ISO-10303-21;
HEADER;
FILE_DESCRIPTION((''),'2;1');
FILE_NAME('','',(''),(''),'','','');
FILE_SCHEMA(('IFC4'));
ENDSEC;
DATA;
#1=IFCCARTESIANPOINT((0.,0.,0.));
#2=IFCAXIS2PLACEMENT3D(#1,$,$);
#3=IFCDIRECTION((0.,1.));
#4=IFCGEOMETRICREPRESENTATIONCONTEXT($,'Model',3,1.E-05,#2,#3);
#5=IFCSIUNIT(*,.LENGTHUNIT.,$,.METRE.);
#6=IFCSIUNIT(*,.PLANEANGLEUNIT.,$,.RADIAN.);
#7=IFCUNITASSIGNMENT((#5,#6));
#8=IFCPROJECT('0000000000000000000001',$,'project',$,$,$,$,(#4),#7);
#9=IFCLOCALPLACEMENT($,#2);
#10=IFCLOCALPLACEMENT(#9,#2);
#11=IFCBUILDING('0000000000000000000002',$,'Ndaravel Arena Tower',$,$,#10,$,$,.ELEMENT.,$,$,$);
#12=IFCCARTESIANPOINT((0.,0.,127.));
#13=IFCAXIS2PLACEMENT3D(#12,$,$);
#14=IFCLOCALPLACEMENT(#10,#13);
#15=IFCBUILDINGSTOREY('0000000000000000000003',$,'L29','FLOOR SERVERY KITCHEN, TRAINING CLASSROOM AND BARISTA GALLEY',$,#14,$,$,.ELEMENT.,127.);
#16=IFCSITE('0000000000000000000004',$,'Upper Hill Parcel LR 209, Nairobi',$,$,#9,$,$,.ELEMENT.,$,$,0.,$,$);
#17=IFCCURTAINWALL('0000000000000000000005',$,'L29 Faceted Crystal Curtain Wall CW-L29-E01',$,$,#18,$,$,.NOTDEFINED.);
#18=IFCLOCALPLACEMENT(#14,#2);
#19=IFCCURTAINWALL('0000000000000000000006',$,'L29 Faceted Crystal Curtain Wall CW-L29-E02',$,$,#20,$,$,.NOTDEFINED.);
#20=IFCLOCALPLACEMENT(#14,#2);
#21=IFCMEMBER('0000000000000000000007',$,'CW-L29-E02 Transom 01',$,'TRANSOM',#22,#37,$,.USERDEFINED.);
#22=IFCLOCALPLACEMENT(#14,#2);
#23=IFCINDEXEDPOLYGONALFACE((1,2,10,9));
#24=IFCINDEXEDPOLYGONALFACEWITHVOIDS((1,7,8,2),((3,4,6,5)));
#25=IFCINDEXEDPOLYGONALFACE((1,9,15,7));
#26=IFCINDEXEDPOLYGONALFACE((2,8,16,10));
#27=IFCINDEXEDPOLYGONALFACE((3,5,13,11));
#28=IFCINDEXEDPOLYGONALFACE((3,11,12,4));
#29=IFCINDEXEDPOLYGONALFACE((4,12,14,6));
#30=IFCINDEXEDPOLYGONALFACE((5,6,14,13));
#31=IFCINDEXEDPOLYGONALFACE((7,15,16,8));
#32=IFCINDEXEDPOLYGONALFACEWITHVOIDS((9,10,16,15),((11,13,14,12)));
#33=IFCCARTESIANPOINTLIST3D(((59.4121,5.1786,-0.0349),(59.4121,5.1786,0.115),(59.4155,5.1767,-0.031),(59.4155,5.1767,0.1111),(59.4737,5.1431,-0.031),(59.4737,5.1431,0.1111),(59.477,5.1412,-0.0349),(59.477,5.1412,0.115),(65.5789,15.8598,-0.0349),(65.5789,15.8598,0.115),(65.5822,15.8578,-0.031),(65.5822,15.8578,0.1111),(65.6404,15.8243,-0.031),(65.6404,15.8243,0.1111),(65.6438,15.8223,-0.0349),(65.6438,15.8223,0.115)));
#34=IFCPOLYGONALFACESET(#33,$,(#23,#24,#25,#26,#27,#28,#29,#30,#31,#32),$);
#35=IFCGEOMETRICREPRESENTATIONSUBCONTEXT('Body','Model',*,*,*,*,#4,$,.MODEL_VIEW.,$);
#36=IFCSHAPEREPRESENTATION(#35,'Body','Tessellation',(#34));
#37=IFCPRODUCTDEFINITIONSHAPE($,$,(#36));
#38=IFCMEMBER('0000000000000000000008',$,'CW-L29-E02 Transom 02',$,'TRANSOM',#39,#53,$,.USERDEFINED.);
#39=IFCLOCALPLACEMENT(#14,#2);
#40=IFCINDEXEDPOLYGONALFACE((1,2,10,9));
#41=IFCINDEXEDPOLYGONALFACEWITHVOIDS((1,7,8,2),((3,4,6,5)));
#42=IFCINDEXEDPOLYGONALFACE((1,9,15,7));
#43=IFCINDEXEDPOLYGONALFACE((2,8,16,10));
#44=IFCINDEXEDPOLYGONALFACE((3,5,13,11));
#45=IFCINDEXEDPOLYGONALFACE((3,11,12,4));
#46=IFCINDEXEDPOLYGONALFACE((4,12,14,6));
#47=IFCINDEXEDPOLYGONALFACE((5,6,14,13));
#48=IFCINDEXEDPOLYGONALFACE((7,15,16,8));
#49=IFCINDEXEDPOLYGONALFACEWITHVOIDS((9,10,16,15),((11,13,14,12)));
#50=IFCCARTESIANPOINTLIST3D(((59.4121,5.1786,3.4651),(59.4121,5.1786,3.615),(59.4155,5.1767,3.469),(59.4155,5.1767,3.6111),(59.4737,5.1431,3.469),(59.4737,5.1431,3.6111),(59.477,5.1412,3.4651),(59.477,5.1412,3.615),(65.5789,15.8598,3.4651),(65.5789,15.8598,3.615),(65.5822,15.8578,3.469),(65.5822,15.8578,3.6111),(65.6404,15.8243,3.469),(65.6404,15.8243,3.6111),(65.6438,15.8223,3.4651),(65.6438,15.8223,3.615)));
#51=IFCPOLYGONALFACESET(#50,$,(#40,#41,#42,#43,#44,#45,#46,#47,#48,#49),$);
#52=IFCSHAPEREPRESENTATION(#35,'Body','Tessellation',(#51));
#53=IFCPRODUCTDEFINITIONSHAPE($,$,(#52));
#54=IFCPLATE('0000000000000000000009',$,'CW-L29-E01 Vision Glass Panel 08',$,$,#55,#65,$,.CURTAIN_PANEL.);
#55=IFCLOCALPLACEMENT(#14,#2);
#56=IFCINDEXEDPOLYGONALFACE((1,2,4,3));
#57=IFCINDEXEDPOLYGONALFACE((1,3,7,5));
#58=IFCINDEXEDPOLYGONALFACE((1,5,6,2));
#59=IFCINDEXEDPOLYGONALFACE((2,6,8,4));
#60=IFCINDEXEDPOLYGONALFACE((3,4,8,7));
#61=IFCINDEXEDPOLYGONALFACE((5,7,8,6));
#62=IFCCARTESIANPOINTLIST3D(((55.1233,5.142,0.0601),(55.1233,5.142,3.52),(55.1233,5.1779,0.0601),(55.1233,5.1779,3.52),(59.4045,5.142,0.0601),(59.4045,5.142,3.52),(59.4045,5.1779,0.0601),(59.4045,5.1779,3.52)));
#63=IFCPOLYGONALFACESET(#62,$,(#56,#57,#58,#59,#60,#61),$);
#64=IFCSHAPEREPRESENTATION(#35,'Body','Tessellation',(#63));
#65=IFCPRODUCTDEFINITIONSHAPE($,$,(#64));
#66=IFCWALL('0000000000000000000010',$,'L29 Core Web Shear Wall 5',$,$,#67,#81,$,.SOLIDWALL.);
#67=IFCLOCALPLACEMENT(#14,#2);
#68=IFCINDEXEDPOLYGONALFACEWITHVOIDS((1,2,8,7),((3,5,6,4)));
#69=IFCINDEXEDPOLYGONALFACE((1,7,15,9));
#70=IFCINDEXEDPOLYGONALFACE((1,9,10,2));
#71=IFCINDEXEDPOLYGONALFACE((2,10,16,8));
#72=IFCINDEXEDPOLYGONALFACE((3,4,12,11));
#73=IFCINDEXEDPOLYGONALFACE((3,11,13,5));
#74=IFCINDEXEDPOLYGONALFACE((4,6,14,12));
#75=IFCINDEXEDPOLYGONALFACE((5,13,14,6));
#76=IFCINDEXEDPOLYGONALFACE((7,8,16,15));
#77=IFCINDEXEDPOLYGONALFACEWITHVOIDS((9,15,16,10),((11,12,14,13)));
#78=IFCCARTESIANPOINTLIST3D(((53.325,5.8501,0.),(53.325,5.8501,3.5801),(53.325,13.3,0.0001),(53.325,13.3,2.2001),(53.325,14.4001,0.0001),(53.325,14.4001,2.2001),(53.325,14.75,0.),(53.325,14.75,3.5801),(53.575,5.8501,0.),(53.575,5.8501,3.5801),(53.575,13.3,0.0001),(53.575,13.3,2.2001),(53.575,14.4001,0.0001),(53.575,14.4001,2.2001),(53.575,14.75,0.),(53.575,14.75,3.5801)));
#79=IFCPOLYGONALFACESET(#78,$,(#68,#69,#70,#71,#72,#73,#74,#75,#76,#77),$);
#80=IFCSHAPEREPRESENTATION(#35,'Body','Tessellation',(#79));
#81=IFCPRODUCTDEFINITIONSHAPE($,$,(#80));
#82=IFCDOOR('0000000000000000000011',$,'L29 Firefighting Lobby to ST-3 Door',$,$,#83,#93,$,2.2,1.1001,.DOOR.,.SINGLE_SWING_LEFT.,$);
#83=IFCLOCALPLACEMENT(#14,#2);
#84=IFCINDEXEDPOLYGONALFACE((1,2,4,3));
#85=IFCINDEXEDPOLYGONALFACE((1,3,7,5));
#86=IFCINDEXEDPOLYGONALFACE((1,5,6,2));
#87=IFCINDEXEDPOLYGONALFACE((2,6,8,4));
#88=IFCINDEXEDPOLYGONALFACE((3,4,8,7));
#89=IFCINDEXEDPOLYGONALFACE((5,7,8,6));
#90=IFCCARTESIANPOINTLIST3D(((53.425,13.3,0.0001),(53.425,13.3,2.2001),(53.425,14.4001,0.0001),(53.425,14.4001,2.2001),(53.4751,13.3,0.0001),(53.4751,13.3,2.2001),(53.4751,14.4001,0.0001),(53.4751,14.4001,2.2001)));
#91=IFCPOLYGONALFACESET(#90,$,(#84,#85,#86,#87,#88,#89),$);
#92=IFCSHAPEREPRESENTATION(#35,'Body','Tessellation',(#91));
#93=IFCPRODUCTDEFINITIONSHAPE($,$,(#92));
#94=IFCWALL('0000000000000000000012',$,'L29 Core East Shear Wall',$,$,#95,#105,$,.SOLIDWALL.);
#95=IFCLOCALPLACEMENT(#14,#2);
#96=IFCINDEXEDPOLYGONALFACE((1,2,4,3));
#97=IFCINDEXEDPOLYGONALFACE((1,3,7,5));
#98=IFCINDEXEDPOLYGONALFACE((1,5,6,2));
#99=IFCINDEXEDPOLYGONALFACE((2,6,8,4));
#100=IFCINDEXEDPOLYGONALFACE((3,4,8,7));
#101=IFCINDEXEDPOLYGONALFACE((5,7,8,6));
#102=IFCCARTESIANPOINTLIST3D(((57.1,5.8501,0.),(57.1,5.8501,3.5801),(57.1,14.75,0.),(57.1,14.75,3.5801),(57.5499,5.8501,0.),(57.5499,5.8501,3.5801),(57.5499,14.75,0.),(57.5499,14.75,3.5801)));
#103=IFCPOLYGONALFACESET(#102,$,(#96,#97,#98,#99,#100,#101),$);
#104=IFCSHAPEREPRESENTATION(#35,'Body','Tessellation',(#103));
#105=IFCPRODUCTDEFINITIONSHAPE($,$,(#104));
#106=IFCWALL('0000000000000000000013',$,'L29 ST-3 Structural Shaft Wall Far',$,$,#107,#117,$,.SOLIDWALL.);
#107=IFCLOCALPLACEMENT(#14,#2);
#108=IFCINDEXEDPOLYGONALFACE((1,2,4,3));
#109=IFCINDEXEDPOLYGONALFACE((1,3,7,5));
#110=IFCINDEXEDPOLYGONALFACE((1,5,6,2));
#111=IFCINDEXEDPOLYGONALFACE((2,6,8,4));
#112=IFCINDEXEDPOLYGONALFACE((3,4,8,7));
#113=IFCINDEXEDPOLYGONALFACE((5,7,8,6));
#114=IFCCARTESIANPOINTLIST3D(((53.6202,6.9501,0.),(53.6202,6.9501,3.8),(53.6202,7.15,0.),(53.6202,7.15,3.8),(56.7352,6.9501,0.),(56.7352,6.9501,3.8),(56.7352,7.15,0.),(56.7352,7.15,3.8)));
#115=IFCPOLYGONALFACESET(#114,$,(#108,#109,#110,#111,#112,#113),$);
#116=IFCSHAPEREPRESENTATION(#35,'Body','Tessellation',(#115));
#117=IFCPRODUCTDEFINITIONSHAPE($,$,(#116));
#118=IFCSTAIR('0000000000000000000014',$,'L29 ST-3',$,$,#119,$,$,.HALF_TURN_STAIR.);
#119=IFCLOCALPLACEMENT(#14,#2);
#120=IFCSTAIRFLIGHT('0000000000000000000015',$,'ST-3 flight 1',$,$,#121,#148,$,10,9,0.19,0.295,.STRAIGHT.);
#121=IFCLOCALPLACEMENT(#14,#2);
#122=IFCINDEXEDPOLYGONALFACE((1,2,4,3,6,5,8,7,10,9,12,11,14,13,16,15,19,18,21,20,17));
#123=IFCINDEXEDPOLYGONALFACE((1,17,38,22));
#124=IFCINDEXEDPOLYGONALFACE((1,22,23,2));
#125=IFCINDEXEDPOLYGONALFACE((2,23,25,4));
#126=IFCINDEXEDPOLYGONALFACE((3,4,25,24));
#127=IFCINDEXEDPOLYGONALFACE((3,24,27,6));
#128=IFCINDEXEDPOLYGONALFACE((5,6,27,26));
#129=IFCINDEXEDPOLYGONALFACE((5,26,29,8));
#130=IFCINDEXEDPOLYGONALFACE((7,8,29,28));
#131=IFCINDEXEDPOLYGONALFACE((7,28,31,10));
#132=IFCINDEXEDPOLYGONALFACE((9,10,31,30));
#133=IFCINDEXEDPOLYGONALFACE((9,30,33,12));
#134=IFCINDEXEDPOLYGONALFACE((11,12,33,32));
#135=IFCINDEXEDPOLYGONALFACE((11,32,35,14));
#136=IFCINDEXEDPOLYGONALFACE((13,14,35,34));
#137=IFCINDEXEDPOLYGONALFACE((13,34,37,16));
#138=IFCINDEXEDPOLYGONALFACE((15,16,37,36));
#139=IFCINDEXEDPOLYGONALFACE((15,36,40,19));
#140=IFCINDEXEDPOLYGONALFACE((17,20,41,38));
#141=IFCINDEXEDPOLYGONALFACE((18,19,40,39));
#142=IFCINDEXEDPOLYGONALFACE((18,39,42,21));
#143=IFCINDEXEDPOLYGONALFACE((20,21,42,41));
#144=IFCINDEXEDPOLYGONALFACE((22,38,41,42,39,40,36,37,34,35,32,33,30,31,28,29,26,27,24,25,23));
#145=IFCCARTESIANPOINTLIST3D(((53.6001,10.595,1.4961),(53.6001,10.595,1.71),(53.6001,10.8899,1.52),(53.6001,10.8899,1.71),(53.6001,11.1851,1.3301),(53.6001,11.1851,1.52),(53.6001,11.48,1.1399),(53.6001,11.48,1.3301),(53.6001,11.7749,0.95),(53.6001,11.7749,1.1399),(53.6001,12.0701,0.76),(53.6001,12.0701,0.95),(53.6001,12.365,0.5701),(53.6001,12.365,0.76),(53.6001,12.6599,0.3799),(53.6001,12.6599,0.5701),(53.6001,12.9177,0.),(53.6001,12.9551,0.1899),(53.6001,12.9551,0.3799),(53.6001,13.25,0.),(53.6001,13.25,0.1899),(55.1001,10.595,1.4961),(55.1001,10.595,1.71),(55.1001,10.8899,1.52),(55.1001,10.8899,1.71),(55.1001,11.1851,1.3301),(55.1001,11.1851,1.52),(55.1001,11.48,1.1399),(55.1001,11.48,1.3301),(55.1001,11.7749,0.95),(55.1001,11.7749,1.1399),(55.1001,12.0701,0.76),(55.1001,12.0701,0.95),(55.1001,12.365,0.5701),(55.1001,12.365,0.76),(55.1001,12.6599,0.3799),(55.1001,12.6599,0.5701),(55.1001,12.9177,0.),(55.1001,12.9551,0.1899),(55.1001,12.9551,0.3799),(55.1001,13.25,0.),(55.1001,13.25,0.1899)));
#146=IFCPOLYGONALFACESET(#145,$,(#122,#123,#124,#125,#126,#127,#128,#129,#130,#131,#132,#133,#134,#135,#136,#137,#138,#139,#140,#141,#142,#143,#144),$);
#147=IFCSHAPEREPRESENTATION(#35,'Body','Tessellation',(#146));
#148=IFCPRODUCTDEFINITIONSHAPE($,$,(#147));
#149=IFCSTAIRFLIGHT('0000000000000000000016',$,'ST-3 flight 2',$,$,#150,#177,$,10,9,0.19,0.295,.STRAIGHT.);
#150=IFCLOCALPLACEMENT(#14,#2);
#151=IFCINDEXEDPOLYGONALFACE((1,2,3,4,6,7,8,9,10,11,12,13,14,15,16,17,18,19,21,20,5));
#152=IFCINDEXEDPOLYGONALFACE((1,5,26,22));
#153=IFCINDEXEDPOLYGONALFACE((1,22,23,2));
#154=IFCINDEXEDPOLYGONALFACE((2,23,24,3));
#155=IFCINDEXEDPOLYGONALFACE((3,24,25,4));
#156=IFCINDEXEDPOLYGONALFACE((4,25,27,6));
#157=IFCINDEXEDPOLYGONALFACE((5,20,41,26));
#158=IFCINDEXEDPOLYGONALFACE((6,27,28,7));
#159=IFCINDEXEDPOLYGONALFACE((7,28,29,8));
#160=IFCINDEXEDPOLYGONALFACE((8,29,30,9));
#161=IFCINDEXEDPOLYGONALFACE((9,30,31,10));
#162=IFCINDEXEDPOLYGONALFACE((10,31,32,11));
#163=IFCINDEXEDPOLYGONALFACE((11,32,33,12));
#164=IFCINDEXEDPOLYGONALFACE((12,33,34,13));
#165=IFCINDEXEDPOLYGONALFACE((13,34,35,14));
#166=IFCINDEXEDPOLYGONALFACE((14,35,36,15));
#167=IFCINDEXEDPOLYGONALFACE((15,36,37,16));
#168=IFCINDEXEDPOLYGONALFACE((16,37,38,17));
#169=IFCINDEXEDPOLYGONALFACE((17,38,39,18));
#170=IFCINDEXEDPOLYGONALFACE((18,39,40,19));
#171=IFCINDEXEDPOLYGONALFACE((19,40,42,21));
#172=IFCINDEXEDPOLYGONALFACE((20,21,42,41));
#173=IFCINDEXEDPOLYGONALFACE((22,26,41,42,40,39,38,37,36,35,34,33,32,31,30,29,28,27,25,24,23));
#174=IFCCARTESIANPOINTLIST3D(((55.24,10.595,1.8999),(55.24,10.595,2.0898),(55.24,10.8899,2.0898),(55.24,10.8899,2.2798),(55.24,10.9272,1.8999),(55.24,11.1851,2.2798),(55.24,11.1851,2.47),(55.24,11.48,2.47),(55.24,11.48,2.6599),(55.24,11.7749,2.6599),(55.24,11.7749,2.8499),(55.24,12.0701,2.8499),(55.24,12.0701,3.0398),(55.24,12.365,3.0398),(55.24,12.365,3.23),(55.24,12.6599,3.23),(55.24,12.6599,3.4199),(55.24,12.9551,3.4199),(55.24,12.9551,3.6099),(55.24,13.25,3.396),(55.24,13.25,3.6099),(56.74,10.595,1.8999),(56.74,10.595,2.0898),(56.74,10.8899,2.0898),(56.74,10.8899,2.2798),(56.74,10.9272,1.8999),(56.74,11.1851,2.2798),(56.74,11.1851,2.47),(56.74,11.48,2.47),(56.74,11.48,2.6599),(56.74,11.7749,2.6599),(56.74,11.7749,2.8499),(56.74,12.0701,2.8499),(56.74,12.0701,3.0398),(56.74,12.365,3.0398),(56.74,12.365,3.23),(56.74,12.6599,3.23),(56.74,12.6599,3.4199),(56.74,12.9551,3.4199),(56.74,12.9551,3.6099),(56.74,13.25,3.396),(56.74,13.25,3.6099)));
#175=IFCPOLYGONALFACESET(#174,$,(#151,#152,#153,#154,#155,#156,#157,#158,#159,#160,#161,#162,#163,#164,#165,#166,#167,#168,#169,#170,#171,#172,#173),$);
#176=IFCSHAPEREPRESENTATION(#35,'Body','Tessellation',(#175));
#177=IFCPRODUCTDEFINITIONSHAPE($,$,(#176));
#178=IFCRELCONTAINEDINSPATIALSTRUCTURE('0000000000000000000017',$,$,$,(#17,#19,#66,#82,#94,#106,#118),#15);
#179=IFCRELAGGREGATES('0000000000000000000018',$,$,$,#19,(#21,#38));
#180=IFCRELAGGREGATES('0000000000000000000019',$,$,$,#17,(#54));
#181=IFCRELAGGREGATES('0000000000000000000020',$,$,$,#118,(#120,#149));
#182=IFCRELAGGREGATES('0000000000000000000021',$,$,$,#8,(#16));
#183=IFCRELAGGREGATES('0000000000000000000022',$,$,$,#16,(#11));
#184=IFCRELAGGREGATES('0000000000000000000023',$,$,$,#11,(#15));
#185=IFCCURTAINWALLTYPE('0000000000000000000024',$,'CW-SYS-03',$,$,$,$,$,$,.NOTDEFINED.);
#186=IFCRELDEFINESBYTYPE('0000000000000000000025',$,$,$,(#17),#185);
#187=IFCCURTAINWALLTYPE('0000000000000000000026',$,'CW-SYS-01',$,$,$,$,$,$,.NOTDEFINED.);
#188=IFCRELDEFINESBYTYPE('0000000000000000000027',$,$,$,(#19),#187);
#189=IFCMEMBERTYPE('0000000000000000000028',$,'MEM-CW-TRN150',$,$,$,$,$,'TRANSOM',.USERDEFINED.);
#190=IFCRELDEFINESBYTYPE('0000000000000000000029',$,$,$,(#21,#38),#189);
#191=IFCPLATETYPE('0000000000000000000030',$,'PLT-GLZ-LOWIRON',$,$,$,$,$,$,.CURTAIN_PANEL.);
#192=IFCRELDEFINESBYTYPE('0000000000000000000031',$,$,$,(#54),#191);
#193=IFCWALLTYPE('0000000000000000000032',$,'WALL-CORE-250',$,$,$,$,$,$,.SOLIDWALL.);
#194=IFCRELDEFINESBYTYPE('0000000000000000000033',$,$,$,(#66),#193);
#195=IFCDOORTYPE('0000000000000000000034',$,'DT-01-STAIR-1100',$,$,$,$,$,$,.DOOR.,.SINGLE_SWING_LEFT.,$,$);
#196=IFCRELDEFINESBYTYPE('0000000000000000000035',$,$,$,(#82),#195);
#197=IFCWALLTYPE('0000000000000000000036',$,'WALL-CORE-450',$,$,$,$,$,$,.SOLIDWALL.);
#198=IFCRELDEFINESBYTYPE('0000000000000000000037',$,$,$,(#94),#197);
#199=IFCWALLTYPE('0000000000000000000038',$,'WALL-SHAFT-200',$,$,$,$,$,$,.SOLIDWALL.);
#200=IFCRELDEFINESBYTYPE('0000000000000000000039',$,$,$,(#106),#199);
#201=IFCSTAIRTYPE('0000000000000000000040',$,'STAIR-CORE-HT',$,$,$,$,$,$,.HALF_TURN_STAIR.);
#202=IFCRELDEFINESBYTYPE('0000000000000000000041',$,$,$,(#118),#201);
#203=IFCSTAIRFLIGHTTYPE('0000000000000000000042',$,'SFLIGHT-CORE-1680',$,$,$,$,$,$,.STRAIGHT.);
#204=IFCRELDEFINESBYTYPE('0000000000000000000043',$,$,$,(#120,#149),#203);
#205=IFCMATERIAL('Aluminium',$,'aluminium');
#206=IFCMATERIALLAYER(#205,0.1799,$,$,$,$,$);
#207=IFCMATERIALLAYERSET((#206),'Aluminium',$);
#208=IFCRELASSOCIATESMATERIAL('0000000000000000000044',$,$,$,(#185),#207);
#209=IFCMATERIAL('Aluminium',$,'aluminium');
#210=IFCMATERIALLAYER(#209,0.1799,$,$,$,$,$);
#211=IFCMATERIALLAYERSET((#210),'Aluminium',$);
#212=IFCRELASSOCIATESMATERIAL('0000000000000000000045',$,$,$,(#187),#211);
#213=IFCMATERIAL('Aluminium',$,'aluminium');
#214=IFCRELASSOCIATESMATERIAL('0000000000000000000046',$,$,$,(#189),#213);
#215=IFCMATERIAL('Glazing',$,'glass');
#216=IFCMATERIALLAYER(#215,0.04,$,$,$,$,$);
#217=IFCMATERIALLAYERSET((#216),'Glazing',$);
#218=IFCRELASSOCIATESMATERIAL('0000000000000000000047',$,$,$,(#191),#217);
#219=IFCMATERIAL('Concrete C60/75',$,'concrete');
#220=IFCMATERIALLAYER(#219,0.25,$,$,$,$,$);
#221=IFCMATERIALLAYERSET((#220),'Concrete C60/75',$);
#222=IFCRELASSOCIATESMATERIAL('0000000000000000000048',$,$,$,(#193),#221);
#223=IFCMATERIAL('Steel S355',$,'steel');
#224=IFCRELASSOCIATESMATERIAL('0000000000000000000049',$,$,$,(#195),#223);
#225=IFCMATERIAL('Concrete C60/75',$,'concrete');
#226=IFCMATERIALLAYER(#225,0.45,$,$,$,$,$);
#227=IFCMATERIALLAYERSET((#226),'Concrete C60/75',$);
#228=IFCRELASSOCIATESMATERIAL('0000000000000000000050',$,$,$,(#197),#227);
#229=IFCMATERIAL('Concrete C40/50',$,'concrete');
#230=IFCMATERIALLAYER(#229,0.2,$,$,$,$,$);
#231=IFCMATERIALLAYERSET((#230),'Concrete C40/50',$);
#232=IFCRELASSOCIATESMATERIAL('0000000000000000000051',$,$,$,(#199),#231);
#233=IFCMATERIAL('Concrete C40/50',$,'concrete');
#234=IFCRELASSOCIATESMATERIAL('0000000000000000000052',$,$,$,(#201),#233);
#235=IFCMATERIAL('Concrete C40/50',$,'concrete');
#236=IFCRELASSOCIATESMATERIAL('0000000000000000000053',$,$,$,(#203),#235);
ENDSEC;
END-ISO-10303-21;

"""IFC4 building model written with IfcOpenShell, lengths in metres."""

from ifc_helpers import new_model, si_unit, direction, frame, frame_2d, origin, origin_2d, place, context, subcontext, project, spatial, polyline, rectangle, hollow_rectangle, outline, extrude, material, layer, layer_set, material_profile, profile_set, type_object, element, fill, aggregate, save


model = new_model("IFC4")

# Units and contexts
model_context = context("Model", 3, precision=1e-05, world=origin(), true_north=direction((0.0, 1.0)))
body_context = subcontext(model_context, "Body", "Model", "MODEL_VIEW")
ifc_project = project(units=[si_unit("LENGTHUNIT", "METRE"), si_unit("PLANEANGLEUNIT", "RADIAN")], contexts=[model_context])

# Site, building, storey
site_placement = place(None, origin())
site = spatial("IfcSite", under=ifc_project, at=site_placement, Name="Upper Hill Parcel LR 209, Nairobi", CompositionType="ELEMENT", RefElevation=0.0)
building_placement = place(site_placement, origin())
building = spatial("IfcBuilding", under=site, at=building_placement, Name="Ndaravel Arena Tower", CompositionType="ELEMENT")
storey_placement = place(building_placement, frame((0.0, 0.0, 127.0)))
storey = spatial("IfcBuildingStorey", under=building, at=storey_placement, Name="L29", Description="FLOOR SERVERY KITCHEN, TRAINING CLASSROOM AND BARISTA GALLEY", CompositionType="ELEMENT", Elevation=127.0)

# Curtain wall
ifc_material_1 = material(Name="Aluminium", Category="aluminium")
ifc_layer_1 = layer(ifc_material_1, 0.1799)
ifc_layer_set_1 = layer_set([ifc_layer_1], Name="Aluminium")
curtain_wall_type_1 = type_object("IfcCurtainWallType", Name="CW-SYS-03", PredefinedType="NOTDEFINED", material=ifc_layer_set_1)
curtain_wall_1_placement = place(storey_placement, origin())
curtain_wall_1 = element("IfcCurtainWall", 1, at=curtain_wall_1_placement, inside=storey, type_object=curtain_wall_type_1, Name="L29 Faceted Crystal Curtain Wall CW-L29-E01", PredefinedType="NOTDEFINED")

# Curtain wall, members
ifc_material_2 = material(Name="Aluminium", Category="aluminium")
ifc_layer_2 = layer(ifc_material_2, 0.1799)
ifc_layer_set_2 = layer_set([ifc_layer_2], Name="Aluminium")
curtain_wall_type_2 = type_object("IfcCurtainWallType", Name="CW-SYS-01", PredefinedType="NOTDEFINED", material=ifc_layer_set_2)
curtain_wall_2_placement = place(storey_placement, origin())
curtain_wall_2 = element("IfcCurtainWall", 2, at=curtain_wall_2_placement, inside=storey, type_object=curtain_wall_type_2, Name="L29 Faceted Crystal Curtain Wall CW-L29-E02", PredefinedType="NOTDEFINED")
ifc_material_3 = material(Name="Aluminium", Category="aluminium")
ifc_material_profile_1 = material_profile(ifc_material_3, hollow_rectangle(XDim=0.075, YDim=0.1499, WallThickness=0.0039, at=origin_2d()), Name="CW TRANSOM 75x150x4")
ifc_profile_set_1 = profile_set([ifc_material_profile_1], Name="Aluminium")
member_type_1 = type_object("IfcMemberType", Name="MEM-CW-TRN150", ElementType="TRANSOM", PredefinedType="USERDEFINED", material=ifc_profile_set_1)
member_1_placement = place(storey_placement, frame((59.4446, 5.1599, 0.04), z_axis=(0.499999, 0.866026, 0.0), x_axis=(-0.866026, 0.499999, 0.0)))
member_1 = element("IfcMember", 3, at=member_1_placement, type_object=member_type_1, Name="CW-L29-E02 Transom 01", ObjectType="TRANSOM", PredefinedType="USERDEFINED", context=body_context, shape_type="SweptSolid", body=[
    extrude(hollow_rectangle(XDim=0.075, YDim=0.1499, WallThickness=0.0039, at=origin_2d()), origin(), (0.0, 0.0, 1.0), 12.3335),
])
member_2_placement = place(storey_placement, frame((59.4446, 5.1599, 3.54), z_axis=(0.499999, 0.866026, 0.0), x_axis=(-0.866026, 0.499999, 0.0)))
member_2 = element("IfcMember", 4, at=member_2_placement, type_object=member_type_1, Name="CW-L29-E02 Transom 02", ObjectType="TRANSOM", PredefinedType="USERDEFINED", context=body_context, shape_type="SweptSolid", body=[
    extrude(hollow_rectangle(XDim=0.075, YDim=0.1499, WallThickness=0.0039, at=origin_2d()), origin(), (0.0, 0.0, 1.0), 12.3335),
])
aggregate(curtain_wall_2, [member_1, member_2])

# Plate
ifc_material_4 = material(Name="Glazing", Category="glass")
ifc_layer_3 = layer(ifc_material_4, 0.04)
ifc_layer_set_3 = layer_set([ifc_layer_3], Name="Glazing")
plate_type = type_object("IfcPlateType", Name="PLT-GLZ-LOWIRON", PredefinedType="CURTAIN_PANEL", material=ifc_layer_set_3)
plate_placement = place(storey_placement, frame((57.2639, 5.1599, 0.0601), z_axis=(0.0, 0.0, 1.0), x_axis=(1.0, 0.0, 0.0)))
plate = element("IfcPlate", 5, at=plate_placement, type_object=plate_type, Name="CW-L29-E01 Vision Glass Panel 08", PredefinedType="CURTAIN_PANEL", context=body_context, shape_type="SweptSolid", body=[
    extrude(rectangle(XDim=4.2812, YDim=0.0359, at=origin_2d()), origin(), (0.0, 0.0, 1.0), 3.46),
])
aggregate(curtain_wall_1, [plate])

# Wall, opening, door
ifc_material_5 = material(Name="Concrete C60/75", Category="concrete")
ifc_layer_4 = layer(ifc_material_5, 0.25)
ifc_layer_set_4 = layer_set([ifc_layer_4], Name="Concrete C60/75")
wall_type_1 = type_object("IfcWallType", Name="WALL-CORE-250", PredefinedType="SOLIDWALL", material=ifc_layer_set_4)
wall_1_placement = place(storey_placement, frame((53.45, 5.8501, 0.0), z_axis=(0.0, 0.0, 1.0), x_axis=(0.0, 1.0, 0.0)))
wall_1 = element("IfcWall", 6, at=wall_1_placement, inside=storey, type_object=wall_type_1, Name="L29 Core Web Shear Wall 5", PredefinedType="SOLIDWALL", context=body_context, shape_type="SweptSolid", body=[
    extrude(rectangle(XDim=8.8999, YDim=0.25, at=frame_2d((4.45, 0.0))), origin(), (0.0, 0.0, 1.0), 3.5801),
])
opening_placement = place(wall_1_placement, frame((7.45, 0.0, 0.0)))
opening = element("IfcOpeningElement", 7, at=opening_placement, cuts=wall_1, PredefinedType="OPENING", context=body_context, shape_type="SweptSolid", body=[
    extrude(rectangle(XDim=1.1001, YDim=2.2, at=frame_2d((0.55, 1.1001))), frame((0.0, 0.125, 0.0), z_axis=(0.0, -1.0, 0.0), x_axis=(1.0, 0.0, 0.0)), (0.0, 0.0, 1.0), 0.25),
])
ifc_material_6 = material(Name="Steel S355", Category="steel")
door_type = type_object("IfcDoorType", Name="DT-01-STAIR-1100", OperationType="SINGLE_SWING_LEFT", PredefinedType="DOOR", material=ifc_material_6)
door_placement = place(opening_placement, origin())
door = element("IfcDoor", 8, at=door_placement, inside=storey, type_object=door_type, Name="L29 Firefighting Lobby to ST-3 Door", OperationType="SINGLE_SWING_LEFT", OverallHeight=2.2, OverallWidth=1.1001, PredefinedType="DOOR", context=body_context, shape_type="SweptSolid", body=[
    extrude(rectangle(XDim=1.1001, YDim=2.2, at=frame_2d((0.55, 1.1001))), frame((0.0, 0.0249, 0.0), z_axis=(0.0, -1.0, 0.0), x_axis=(1.0, 0.0, 0.0)), (0.0, 0.0, 1.0), 0.05),
])
fill(opening, door)

# Walls
ifc_material_7 = material(Name="Concrete C60/75", Category="concrete")
ifc_layer_5 = layer(ifc_material_7, 0.45)
ifc_layer_set_5 = layer_set([ifc_layer_5], Name="Concrete C60/75")
wall_type_2 = type_object("IfcWallType", Name="WALL-CORE-450", PredefinedType="SOLIDWALL", material=ifc_layer_set_5)
wall_2_placement = place(storey_placement, frame((57.325, 5.8501, 0.0), z_axis=(0.0, 0.0, 1.0), x_axis=(0.0, 1.0, 0.0)))
element("IfcWall", 9, at=wall_2_placement, inside=storey, type_object=wall_type_2, Name="L29 Core East Shear Wall", PredefinedType="SOLIDWALL", context=body_context, shape_type="SweptSolid", body=[
    extrude(rectangle(XDim=8.8999, YDim=0.45, at=frame_2d((4.45, 0.0))), origin(), (0.0, 0.0, 1.0), 3.5801),
])
ifc_material_8 = material(Name="Concrete C40/50", Category="concrete")
ifc_layer_6 = layer(ifc_material_8, 0.2)
ifc_layer_set_6 = layer_set([ifc_layer_6], Name="Concrete C40/50")
wall_type_3 = type_object("IfcWallType", Name="WALL-SHAFT-200", PredefinedType="SOLIDWALL", material=ifc_layer_set_6)
wall_3_placement = place(storey_placement, frame((53.6201, 7.05, 0.0), z_axis=(0.0, 0.0, 1.0), x_axis=(1.0, 0.0, 0.0)))
element("IfcWall", 10, at=wall_3_placement, inside=storey, type_object=wall_type_3, Name="L29 ST-3 Structural Shaft Wall Far", PredefinedType="SOLIDWALL", context=body_context, shape_type="SweptSolid", body=[
    extrude(rectangle(XDim=3.115, YDim=0.2, at=frame_2d((1.5576, 0.0))), origin(), (0.0, 0.0, 1.0), 3.8),
])

# Stair, stair flights
ifc_material_9 = material(Name="Concrete C40/50", Category="concrete")
stair_type = type_object("IfcStairType", Name="STAIR-CORE-HT", PredefinedType="HALF_TURN_STAIR", material=ifc_material_9)
stair_placement = place(storey_placement, origin())
stair = element("IfcStair", 11, at=stair_placement, inside=storey, type_object=stair_type, Name="L29 ST-3", PredefinedType="HALF_TURN_STAIR")
ifc_material_10 = material(Name="Concrete C40/50", Category="concrete")
stair_flight_type = type_object("IfcStairFlightType", Name="SFLIGHT-CORE-1680", PredefinedType="STRAIGHT", material=ifc_material_10)
stair_flight_1_placement = place(storey_placement, frame((54.3501, 13.25, 0.0), z_axis=(0.0, 0.0, 1.0), x_axis=(0.0, -1.0, 0.0)))
stair_flight_1 = element("IfcStairFlight", 12, at=stair_flight_1_placement, type_object=stair_flight_type, Name="ST-3 flight 1", NumberOfRisers=10, NumberOfTreads=9, PredefinedType="STRAIGHT", RiserHeight=0.19, TreadLength=0.295, context=body_context, shape_type="SweptSolid", body=[
    extrude(outline(polyline([(0.0, 0.0), (0.0, 0.1899), (0.2949, 0.1899), (0.2949, 0.3799), (0.5901, 0.3799), (0.5901, 0.5701), (0.885, 0.5701), (0.885, 0.76), (1.1799, 0.76), (1.1799, 0.95), (1.4751, 0.95), (1.4751, 1.1399), (1.77, 1.1399), (1.77, 1.3301), (2.0649, 1.3301), (2.0649, 1.52), (2.3601, 1.52), (2.3601, 1.71), (2.655, 1.71), (2.655, 1.8999), (2.655, 1.4961), (0.3323, 0.0), (0.0, 0.0)])), frame((0.0, 0.75, 0.0), z_axis=(0.0, -1.0, 0.0), x_axis=(1.0, 0.0, 0.0)), (0.0, 0.0, 1.0), 1.5),
])
stair_flight_2_placement = place(storey_placement, frame((55.99, 10.595, 1.8999), z_axis=(0.0, 0.0, 1.0), x_axis=(0.0, 1.0, 0.0)))
stair_flight_2 = element("IfcStairFlight", 13, at=stair_flight_2_placement, type_object=stair_flight_type, Name="ST-3 flight 2", NumberOfRisers=10, NumberOfTreads=9, PredefinedType="STRAIGHT", RiserHeight=0.19, TreadLength=0.295, context=body_context, shape_type="SweptSolid", body=[
    extrude(outline(polyline([(0.0, 0.0), (0.0, 0.1899), (0.2949, 0.1899), (0.2949, 0.3799), (0.5901, 0.3799), (0.5901, 0.5701), (0.885, 0.5701), (0.885, 0.76), (1.1799, 0.76), (1.1799, 0.95), (1.4751, 0.95), (1.4751, 1.1399), (1.77, 1.1399), (1.77, 1.3301), (2.0649, 1.3301), (2.0649, 1.52), (2.3601, 1.52), (2.3601, 1.71), (2.655, 1.71), (2.655, 1.8999), (2.655, 1.4961), (0.3323, 0.0), (0.0, 0.0)])), frame((0.0, 0.75, 0.0), z_axis=(0.0, -1.0, 0.0), x_axis=(1.0, 0.0, 0.0)), (0.0, 0.0, 1.0), 1.5),
])
aggregate(stair, [stair_flight_1, stair_flight_2])

save(model, "model.ifc")
